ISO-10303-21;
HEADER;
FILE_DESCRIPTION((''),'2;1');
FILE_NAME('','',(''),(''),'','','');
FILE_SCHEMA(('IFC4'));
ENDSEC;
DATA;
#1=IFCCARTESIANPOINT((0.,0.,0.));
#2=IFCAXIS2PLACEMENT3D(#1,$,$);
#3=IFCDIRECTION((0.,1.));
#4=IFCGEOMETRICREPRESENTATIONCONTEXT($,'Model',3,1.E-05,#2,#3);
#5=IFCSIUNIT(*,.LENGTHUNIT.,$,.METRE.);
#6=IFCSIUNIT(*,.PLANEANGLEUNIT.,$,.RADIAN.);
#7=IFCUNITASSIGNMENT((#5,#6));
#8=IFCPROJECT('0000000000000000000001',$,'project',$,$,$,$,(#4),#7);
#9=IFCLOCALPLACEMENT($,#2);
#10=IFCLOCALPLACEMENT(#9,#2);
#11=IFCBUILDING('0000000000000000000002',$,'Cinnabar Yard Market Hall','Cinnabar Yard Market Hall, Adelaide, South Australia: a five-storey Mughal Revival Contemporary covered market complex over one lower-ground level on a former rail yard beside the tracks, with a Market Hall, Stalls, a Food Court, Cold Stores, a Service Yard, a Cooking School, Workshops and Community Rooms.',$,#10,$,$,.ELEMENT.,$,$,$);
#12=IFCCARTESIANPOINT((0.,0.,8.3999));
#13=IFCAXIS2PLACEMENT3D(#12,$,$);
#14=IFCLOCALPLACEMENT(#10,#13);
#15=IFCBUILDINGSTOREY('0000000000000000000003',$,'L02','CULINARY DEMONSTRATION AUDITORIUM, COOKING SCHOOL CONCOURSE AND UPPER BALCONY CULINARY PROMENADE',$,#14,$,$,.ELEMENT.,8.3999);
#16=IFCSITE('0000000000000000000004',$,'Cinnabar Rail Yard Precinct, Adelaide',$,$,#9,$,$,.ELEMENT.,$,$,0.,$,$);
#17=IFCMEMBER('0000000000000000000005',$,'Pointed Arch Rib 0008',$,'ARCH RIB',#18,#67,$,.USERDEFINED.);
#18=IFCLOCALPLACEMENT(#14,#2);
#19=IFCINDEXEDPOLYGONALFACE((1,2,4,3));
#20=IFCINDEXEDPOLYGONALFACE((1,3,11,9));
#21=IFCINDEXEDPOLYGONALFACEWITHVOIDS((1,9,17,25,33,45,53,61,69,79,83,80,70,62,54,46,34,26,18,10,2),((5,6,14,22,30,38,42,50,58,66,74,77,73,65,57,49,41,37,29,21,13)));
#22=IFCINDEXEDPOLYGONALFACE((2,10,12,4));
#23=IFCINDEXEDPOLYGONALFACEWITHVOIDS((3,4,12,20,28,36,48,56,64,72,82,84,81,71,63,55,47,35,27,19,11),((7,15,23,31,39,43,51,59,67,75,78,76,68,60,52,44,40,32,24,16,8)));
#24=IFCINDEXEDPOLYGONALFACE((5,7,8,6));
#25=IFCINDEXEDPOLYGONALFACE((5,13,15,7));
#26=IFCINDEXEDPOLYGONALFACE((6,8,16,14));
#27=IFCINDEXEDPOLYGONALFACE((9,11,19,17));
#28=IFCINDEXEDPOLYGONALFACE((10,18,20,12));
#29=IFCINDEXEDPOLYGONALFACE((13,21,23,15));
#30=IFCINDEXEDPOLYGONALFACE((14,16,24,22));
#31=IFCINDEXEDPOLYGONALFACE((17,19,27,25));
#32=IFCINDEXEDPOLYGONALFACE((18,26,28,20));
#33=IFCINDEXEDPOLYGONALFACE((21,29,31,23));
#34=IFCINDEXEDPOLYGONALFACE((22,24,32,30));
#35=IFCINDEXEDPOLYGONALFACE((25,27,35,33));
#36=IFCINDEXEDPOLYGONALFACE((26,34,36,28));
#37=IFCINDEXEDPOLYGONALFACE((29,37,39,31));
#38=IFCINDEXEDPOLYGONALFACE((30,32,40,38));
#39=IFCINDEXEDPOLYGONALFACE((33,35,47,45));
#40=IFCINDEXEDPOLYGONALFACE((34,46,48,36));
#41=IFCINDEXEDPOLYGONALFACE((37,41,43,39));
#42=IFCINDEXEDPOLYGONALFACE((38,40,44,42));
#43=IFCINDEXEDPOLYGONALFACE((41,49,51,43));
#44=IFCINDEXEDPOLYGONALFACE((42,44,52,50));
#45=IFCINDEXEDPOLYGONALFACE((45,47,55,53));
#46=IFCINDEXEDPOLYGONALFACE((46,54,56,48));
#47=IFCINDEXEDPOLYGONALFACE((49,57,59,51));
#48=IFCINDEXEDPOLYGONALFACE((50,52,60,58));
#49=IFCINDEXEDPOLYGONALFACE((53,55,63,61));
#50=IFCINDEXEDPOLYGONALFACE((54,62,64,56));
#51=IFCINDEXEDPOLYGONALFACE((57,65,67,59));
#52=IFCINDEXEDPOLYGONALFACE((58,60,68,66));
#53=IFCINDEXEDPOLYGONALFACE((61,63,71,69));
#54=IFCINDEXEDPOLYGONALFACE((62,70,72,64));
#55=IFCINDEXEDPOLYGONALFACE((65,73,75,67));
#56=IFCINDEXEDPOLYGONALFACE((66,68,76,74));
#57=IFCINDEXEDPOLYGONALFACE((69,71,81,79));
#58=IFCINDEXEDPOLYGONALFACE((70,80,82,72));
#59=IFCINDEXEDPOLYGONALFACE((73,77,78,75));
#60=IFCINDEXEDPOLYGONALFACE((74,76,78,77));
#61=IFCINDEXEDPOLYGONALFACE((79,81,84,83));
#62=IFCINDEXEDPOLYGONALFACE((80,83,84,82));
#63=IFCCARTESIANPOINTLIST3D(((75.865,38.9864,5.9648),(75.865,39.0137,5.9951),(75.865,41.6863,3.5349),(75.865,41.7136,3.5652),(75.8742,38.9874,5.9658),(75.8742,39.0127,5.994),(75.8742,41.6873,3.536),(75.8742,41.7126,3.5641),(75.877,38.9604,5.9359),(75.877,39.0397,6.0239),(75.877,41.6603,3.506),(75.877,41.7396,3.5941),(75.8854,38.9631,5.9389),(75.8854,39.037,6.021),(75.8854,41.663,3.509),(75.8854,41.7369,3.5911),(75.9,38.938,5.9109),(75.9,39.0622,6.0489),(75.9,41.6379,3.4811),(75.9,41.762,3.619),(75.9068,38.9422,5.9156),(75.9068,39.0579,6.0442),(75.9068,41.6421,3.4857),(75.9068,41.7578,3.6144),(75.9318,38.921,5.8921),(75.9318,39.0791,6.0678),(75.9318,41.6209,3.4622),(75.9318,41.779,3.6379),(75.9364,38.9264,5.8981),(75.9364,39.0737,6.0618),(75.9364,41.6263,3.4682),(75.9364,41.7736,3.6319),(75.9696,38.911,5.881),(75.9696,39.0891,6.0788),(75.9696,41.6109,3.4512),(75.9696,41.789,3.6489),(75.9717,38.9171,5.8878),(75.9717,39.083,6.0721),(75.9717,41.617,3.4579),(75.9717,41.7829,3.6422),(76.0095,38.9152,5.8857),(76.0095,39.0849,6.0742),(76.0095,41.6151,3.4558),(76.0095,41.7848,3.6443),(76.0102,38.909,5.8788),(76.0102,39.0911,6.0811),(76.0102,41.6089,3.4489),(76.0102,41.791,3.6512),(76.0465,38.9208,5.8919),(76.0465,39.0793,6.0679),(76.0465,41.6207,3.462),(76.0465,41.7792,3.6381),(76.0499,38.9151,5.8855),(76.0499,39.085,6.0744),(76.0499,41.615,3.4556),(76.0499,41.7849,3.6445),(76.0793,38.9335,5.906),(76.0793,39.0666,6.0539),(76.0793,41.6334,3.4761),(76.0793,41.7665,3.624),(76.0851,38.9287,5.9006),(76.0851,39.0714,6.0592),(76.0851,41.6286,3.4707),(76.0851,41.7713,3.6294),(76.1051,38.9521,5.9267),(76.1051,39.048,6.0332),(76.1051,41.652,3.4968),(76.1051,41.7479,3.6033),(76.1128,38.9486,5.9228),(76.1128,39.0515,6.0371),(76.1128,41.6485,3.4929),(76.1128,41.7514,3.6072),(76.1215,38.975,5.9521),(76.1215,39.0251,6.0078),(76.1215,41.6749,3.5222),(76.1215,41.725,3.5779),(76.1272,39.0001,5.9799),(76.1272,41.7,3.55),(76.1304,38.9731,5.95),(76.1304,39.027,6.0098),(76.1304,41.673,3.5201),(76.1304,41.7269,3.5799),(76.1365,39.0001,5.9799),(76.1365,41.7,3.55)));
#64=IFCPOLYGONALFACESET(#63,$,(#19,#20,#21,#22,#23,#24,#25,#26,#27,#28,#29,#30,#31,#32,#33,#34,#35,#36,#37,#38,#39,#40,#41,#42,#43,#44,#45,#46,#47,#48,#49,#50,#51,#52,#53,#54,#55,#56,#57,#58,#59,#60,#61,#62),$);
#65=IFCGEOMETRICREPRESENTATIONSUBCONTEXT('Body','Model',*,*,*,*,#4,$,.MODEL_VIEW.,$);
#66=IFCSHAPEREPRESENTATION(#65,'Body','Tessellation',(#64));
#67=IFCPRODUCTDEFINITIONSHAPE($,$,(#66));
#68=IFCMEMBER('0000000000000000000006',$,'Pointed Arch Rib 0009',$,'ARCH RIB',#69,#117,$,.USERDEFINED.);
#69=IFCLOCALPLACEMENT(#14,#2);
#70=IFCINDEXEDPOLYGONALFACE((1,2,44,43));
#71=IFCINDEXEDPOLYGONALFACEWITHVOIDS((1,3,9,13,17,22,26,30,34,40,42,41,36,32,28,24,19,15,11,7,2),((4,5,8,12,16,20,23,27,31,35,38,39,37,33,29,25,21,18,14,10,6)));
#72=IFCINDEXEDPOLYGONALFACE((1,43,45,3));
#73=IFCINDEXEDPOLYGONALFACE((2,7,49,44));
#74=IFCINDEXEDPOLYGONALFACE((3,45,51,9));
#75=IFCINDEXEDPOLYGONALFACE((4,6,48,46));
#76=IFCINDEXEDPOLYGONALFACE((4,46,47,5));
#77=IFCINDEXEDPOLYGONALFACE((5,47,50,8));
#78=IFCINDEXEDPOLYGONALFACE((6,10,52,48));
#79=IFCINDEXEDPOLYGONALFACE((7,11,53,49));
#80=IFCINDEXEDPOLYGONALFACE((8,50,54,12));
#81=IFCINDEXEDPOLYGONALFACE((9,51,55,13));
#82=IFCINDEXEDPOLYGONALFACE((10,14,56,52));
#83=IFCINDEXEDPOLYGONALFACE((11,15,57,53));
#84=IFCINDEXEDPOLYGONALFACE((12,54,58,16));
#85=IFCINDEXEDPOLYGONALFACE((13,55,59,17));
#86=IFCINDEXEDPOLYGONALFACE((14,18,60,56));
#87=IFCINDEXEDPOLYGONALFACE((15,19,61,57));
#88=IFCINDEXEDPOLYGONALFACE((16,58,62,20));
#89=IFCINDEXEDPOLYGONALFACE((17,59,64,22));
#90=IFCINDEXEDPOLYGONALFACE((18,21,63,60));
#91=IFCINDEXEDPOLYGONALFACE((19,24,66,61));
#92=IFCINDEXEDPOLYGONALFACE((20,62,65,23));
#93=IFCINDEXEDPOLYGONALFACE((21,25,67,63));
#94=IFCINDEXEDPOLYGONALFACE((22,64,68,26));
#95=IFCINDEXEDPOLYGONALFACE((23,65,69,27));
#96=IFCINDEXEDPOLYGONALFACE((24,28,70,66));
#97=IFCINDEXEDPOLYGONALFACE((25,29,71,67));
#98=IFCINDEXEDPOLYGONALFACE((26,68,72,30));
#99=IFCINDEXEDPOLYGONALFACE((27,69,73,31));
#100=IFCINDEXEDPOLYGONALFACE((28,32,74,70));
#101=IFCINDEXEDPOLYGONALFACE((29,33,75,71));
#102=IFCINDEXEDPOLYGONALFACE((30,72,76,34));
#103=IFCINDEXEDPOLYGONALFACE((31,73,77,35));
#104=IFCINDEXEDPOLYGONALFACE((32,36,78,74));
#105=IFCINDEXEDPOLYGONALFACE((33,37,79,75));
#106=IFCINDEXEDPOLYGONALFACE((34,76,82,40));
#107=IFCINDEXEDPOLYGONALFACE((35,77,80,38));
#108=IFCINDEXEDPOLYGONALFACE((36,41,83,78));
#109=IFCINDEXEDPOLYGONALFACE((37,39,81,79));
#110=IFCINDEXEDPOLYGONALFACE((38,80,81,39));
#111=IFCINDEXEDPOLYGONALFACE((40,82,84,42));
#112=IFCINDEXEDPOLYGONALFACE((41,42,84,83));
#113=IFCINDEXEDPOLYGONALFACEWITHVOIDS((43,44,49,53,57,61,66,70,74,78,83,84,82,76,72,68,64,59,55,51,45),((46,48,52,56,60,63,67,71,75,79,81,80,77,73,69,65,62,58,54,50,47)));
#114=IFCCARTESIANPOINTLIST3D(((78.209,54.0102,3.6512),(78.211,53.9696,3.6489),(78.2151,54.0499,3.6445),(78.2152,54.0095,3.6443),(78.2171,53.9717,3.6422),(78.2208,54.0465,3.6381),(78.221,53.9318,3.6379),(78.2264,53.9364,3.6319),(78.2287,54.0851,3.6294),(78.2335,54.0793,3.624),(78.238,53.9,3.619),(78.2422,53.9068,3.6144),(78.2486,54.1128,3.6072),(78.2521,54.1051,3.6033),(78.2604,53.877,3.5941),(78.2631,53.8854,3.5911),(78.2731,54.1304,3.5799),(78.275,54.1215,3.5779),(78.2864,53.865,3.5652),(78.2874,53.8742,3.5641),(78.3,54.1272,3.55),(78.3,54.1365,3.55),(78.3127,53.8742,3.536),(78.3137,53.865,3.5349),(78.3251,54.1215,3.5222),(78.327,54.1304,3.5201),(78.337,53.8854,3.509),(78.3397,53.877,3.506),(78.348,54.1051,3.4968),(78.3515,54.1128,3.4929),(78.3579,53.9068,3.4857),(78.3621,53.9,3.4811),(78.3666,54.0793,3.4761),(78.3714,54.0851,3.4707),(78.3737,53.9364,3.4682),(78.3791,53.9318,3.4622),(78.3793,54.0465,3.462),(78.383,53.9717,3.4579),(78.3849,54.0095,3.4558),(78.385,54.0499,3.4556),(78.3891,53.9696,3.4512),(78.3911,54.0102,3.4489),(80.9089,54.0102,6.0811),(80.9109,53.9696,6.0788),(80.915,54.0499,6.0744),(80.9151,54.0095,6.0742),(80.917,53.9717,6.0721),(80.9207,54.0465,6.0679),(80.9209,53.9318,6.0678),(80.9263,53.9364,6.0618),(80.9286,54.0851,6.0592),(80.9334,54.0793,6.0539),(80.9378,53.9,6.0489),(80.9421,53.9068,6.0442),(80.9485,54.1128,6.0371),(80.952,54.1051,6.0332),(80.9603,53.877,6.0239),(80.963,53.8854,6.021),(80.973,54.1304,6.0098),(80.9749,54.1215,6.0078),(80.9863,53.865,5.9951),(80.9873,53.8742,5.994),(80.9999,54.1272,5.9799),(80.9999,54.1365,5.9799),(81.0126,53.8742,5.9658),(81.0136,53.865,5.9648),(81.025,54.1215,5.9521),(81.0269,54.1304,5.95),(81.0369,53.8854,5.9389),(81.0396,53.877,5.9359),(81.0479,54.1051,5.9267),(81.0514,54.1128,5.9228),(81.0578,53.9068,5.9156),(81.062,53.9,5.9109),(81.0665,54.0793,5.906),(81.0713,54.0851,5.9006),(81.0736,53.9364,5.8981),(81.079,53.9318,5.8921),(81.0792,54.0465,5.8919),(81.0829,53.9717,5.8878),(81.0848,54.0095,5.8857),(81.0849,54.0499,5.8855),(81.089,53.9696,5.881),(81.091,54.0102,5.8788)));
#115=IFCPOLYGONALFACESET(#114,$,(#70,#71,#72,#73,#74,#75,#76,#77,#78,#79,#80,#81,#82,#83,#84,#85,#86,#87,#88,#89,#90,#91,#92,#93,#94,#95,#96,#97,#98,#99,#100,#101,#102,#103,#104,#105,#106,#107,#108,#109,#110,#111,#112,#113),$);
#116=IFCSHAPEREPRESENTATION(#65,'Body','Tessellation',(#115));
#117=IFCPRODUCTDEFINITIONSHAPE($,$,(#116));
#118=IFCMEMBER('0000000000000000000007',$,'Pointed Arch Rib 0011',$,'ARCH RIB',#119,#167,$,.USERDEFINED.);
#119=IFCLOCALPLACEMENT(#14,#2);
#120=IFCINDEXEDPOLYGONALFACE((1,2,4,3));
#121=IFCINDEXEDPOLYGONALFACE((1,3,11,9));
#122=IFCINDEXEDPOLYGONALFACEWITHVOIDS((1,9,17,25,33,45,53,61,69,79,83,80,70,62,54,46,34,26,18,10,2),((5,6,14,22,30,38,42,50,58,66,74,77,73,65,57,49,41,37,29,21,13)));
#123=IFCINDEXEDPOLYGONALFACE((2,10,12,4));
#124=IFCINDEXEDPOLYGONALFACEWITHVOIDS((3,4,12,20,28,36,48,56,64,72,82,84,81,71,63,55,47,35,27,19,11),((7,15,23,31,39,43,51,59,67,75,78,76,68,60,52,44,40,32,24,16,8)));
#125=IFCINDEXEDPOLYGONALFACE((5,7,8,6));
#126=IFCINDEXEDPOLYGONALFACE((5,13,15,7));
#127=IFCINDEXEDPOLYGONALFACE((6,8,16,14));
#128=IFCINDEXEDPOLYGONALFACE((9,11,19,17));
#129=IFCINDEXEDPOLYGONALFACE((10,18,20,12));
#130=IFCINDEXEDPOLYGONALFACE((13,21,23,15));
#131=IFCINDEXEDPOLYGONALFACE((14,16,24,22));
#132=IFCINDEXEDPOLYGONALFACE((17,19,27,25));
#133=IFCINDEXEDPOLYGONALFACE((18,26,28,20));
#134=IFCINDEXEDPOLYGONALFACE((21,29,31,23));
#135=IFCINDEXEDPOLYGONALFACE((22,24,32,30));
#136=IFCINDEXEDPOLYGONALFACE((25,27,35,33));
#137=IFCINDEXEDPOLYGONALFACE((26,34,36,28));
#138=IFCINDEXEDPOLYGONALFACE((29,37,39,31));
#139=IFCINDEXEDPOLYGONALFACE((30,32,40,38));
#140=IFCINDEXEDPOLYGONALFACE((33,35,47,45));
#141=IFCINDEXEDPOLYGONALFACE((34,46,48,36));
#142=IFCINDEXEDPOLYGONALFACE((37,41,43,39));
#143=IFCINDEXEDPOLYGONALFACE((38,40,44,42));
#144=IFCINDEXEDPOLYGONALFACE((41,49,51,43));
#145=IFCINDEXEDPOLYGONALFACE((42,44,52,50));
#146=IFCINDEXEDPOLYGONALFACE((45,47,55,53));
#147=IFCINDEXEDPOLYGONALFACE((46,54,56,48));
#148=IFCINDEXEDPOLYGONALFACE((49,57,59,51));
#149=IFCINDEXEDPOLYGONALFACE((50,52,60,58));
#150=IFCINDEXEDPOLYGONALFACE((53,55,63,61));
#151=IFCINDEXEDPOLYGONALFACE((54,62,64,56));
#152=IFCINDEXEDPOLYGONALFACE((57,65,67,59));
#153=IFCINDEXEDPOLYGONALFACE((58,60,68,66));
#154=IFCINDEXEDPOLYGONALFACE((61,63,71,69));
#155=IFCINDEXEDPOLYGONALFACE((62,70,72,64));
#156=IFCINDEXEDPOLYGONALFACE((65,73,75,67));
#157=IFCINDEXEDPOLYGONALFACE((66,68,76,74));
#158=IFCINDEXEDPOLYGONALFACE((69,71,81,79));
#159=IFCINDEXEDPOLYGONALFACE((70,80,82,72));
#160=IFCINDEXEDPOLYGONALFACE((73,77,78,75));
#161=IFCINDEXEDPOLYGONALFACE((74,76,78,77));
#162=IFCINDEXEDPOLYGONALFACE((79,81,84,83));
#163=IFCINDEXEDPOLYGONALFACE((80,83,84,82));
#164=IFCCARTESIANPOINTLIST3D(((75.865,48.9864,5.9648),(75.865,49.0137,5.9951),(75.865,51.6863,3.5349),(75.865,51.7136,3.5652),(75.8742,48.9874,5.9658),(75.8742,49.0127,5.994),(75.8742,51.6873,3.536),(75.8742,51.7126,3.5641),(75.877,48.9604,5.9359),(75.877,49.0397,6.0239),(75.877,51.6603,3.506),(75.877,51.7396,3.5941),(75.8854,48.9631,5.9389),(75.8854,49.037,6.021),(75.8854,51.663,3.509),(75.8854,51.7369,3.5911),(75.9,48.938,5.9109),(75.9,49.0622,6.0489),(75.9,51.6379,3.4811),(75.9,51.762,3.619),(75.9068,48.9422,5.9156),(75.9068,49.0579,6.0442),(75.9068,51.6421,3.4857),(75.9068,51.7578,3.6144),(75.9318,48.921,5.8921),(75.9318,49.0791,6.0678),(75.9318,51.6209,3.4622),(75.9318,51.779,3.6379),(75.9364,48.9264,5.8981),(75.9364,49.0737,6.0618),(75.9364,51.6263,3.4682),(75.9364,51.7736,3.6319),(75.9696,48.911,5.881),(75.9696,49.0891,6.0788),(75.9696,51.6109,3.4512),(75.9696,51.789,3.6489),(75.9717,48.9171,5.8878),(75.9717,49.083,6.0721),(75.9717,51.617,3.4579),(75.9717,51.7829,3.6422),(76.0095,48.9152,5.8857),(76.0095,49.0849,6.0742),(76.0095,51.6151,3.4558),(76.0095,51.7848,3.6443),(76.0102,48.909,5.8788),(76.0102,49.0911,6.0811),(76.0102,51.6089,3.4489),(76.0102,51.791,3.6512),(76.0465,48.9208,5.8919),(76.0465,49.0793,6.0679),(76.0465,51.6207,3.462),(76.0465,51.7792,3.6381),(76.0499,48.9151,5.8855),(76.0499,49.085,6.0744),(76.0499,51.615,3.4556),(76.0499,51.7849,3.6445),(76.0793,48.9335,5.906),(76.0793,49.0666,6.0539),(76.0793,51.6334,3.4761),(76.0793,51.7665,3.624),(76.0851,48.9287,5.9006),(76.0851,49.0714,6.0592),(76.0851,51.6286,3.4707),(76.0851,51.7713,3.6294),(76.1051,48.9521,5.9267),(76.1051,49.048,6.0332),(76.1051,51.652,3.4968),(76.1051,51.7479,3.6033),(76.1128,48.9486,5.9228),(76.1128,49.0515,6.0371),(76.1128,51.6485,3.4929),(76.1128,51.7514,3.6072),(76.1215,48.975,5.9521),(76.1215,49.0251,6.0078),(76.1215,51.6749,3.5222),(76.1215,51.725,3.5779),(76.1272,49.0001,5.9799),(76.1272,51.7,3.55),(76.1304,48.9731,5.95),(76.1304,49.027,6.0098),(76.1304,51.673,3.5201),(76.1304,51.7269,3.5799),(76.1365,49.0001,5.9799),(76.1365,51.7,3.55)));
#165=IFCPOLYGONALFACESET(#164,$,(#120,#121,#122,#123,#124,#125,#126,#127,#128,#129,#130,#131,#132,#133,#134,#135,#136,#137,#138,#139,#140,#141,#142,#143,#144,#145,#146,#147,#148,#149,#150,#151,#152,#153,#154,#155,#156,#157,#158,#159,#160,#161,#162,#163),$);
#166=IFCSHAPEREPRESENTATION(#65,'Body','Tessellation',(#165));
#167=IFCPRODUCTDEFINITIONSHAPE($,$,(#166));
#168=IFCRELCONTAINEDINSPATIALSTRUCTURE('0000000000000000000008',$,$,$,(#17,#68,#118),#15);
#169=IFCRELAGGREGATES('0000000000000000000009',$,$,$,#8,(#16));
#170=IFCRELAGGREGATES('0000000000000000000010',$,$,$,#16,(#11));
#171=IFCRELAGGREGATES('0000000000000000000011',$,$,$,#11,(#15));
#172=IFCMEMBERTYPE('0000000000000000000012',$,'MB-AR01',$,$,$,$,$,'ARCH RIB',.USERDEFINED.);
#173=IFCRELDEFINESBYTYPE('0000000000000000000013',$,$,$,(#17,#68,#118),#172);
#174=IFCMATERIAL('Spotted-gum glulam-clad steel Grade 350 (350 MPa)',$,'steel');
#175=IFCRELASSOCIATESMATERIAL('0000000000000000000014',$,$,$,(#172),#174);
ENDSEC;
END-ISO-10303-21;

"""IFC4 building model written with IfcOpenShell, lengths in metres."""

from ifc_helpers import new_model, si_unit, direction, frame, origin, origin_2d_with_axis, place, context, subcontext, project, spatial, hollow_circle, extrude, material, material_profile, profile_set, type_object, element, save


model = new_model("IFC4")

# Units and contexts
model_context = context("Model", 3, precision=1e-05, world=origin(), true_north=direction((0.0, 1.0)))
body_context = subcontext(model_context, "Body", "Model", "MODEL_VIEW")
ifc_project = project(units=[si_unit("LENGTHUNIT", "METRE"), si_unit("PLANEANGLEUNIT", "RADIAN")], contexts=[model_context])

# Site, building, storey
site_placement = place(None, origin())
site = spatial("IfcSite", under=ifc_project, at=site_placement, Name="Cinnabar Rail Yard Precinct, Adelaide", CompositionType="ELEMENT", RefElevation=0.0)
building_placement = place(site_placement, origin())
building = spatial("IfcBuilding", under=site, at=building_placement, Name="Cinnabar Yard Market Hall", Description="Cinnabar Yard Market Hall, Adelaide, South Australia: a five-storey Mughal Revival Contemporary covered market complex over one lower-ground level on a former rail yard beside the tracks, with a Market Hall, Stalls, a Food Court, Cold Stores, a Service Yard, a Cooking School, Workshops and Community Rooms.", CompositionType="ELEMENT")
storey_placement = place(building_placement, frame((0.0, 0.0, 8.3999)))
storey = spatial("IfcBuildingStorey", under=building, at=storey_placement, Name="L02", Description="CULINARY DEMONSTRATION AUDITORIUM, COOKING SCHOOL CONCOURSE AND UPPER BALCONY CULINARY PROMENADE", CompositionType="ELEMENT", Elevation=8.3999)

# Shared definitions
ifc_material_1 = material(Name="Spotted-gum glulam-clad steel Grade 350 (350 MPa)", Category="steel")

# Members
ifc_material_profile_1 = material_profile(ifc_material_1, hollow_circle(Radius=0.1365, WallThickness=0.0093, at=origin_2d_with_axis()), Name="273.1x9.3CHS")
ifc_profile_set_1 = profile_set([ifc_material_profile_1], Name="Spotted-gum glulam-clad steel Grade 350 (350 MPa)")
member_type_1 = type_object("IfcMemberType", Name="MB-AR01", ElementType="ARCH RIB", PredefinedType="USERDEFINED", material=ifc_profile_set_1)
for number, where, z_axis, x_axis, name in (
    (1, (76.0, 41.7, 3.55), (0.0, -0.743297, 0.668961), (1.0, 0.0, 0.0), "Pointed Arch Rib 0008"),
    (2, (78.3, 54.0, 3.55), (0.743297, 0.0, 0.668961), (0.0, 1.0, 0.0), "Pointed Arch Rib 0009"),
    (3, (76.0, 51.7, 3.55), (0.0, -0.743297, 0.668961), (1.0, 0.0, 0.0), "Pointed Arch Rib 0011"),
):
    element("IfcMember", number, at=place(storey_placement, frame(where, z_axis=z_axis, x_axis=x_axis)), inside=storey, type_object=member_type_1, Name=name, ObjectType="ARCH RIB", PredefinedType="USERDEFINED", context=body_context, shape_type="SweptSolid", body=[
        extrude(hollow_circle(Radius=0.1365, WallThickness=0.0093, at=origin_2d_with_axis()), origin(), (0.0, 0.0, 1.0), 3.6323),
    ])

save(model, "model.ifc")
